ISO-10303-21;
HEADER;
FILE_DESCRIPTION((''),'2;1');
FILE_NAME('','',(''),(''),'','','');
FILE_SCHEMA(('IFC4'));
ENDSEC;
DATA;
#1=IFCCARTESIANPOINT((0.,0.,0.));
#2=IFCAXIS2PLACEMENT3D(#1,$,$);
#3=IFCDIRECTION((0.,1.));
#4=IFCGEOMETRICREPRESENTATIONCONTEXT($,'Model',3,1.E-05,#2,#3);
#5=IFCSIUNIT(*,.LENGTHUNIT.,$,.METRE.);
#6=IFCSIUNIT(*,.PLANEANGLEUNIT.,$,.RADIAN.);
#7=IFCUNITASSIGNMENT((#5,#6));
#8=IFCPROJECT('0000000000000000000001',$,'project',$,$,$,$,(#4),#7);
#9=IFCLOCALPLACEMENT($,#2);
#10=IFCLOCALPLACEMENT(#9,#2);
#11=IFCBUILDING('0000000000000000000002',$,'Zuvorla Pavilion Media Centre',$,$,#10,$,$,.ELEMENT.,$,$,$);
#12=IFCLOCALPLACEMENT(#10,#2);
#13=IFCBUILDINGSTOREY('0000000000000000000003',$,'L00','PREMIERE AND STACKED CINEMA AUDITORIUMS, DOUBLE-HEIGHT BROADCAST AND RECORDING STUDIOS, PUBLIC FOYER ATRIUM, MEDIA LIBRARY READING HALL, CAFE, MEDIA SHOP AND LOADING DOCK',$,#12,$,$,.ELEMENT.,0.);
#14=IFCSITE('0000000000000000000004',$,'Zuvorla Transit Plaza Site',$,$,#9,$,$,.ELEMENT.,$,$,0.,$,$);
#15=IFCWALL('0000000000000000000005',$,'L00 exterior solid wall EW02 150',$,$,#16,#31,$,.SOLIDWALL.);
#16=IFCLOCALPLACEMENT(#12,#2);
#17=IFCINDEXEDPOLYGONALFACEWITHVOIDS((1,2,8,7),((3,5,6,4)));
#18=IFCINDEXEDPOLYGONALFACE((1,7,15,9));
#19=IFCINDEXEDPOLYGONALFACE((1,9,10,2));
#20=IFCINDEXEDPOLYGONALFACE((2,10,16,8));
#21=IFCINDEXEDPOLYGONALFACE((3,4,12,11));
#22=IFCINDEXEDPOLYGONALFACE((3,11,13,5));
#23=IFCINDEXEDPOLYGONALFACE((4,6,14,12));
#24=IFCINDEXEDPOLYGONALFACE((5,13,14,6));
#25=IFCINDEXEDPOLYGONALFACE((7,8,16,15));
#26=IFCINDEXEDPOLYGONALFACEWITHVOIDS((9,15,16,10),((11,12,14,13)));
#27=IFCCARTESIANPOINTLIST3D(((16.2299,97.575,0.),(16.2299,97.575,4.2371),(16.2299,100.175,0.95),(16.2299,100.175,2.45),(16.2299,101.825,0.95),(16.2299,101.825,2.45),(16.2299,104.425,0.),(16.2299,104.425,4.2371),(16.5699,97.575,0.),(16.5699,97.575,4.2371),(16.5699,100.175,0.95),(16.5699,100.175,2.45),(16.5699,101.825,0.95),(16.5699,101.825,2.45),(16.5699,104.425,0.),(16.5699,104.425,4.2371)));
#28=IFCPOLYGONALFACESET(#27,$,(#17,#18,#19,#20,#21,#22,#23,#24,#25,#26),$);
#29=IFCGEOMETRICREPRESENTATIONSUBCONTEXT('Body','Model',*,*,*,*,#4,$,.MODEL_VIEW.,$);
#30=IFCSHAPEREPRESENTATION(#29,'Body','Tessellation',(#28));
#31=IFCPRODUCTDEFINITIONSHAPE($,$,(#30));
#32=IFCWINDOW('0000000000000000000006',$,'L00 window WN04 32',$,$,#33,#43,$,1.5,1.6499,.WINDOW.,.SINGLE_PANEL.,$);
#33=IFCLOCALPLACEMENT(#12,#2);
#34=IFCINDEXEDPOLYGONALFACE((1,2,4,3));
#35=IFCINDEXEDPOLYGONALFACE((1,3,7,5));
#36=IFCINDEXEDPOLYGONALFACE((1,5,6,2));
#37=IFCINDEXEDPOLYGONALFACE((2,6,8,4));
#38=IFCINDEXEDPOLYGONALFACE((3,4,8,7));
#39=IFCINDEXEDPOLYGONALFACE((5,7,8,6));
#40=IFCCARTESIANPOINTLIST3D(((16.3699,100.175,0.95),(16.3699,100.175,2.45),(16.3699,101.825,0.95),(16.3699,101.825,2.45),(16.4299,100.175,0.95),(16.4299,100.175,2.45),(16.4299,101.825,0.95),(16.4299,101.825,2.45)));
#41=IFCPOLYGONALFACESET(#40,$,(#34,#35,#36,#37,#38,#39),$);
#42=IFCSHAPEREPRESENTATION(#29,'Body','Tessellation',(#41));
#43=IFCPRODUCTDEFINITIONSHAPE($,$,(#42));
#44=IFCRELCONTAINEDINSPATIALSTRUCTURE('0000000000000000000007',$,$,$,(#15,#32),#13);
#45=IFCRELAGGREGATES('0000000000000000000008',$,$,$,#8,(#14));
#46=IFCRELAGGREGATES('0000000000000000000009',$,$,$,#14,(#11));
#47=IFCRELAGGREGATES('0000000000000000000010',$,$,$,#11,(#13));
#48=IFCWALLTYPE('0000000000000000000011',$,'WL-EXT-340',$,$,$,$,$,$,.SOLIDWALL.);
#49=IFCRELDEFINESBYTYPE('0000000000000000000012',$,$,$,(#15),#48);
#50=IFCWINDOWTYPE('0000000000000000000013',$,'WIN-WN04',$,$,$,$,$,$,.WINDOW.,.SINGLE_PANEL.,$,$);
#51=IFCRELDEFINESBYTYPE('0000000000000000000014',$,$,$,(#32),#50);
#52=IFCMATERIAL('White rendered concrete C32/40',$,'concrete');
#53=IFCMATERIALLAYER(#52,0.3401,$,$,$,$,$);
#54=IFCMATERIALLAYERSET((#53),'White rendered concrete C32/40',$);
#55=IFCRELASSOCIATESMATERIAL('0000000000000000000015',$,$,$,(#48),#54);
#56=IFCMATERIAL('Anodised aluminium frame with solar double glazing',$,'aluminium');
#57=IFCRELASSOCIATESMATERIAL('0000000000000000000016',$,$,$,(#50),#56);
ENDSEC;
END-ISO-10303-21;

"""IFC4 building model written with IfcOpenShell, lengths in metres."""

from ifc_helpers import new_model, si_unit, direction, frame, frame_2d, origin, place, context, subcontext, project, spatial, rectangle, extrude, material, layer, layer_set, type_object, element, fill, save


model = new_model("IFC4")

# Units and contexts
model_context = context("Model", 3, precision=1e-05, world=origin(), true_north=direction((0.0, 1.0)))
body_context = subcontext(model_context, "Body", "Model", "MODEL_VIEW")
ifc_project = project(units=[si_unit("LENGTHUNIT", "METRE"), si_unit("PLANEANGLEUNIT", "RADIAN")], contexts=[model_context])

# Site, building, storey
site_placement = place(None, origin())
site = spatial("IfcSite", under=ifc_project, at=site_placement, Name="Zuvorla Transit Plaza Site", CompositionType="ELEMENT", RefElevation=0.0)
building_placement = place(site_placement, origin())
building = spatial("IfcBuilding", under=site, at=building_placement, Name="Zuvorla Pavilion Media Centre", CompositionType="ELEMENT")
storey_placement = place(building_placement, origin())
storey = spatial("IfcBuildingStorey", under=building, at=storey_placement, Name="L00", Description="PREMIERE AND STACKED CINEMA AUDITORIUMS, DOUBLE-HEIGHT BROADCAST AND RECORDING STUDIOS, PUBLIC FOYER ATRIUM, MEDIA LIBRARY READING HALL, CAFE, MEDIA SHOP AND LOADING DOCK", CompositionType="ELEMENT", Elevation=0.0)

# Wall, opening, window
ifc_material_1 = material(Name="White rendered concrete C32/40", Category="concrete")
ifc_layer = layer(ifc_material_1, 0.3401)
ifc_layer_set = layer_set([ifc_layer], Name="White rendered concrete C32/40")
wall_type = type_object("IfcWallType", Name="WL-EXT-340", PredefinedType="SOLIDWALL", material=ifc_layer_set)
ifc_material_2 = material(Name="Anodised aluminium frame with solar double glazing", Category="aluminium")
wall_1_placement = place(storey_placement, frame((16.3999, 104.425, 0.0), z_axis=(0.0, 0.0, 1.0), x_axis=(0.0, -1.0, 0.0)))
wall_1 = element("IfcWall", 1, at=wall_1_placement, inside=storey, type_object=wall_type, Name="L00 exterior solid wall EW02 150", PredefinedType="SOLIDWALL", context=body_context, shape_type="SweptSolid", body=[
    extrude(rectangle(XDim=6.8501, YDim=0.3401, at=frame_2d((3.425, 0.0))), origin(), (0.0, 0.0, 1.0), 4.2371),
])
opening_1_placement = place(wall_1_placement, frame((2.6001, 0.0, 0.95)))
opening_1 = element("IfcOpeningElement", 2, at=opening_1_placement, cuts=wall_1, PredefinedType="OPENING", context=body_context, shape_type="SweptSolid", body=[
    extrude(rectangle(XDim=1.6499, YDim=1.5, at=frame_2d((0.825, 0.75))), frame((0.0, 0.1799, 0.0), z_axis=(0.0, -1.0, 0.0), x_axis=(1.0, 0.0, 0.0)), (0.0, 0.0, 1.0), 0.3601),
])
window_type_1 = type_object("IfcWindowType", Name="WIN-WN04", PartitioningType="SINGLE_PANEL", PredefinedType="WINDOW", material=ifc_material_2)
window_1_placement = place(opening_1_placement, origin())
window_1 = element("IfcWindow", 3, at=window_1_placement, inside=storey, type_object=window_type_1, Name="L00 window WN04 32", OverallHeight=1.5, OverallWidth=1.6499, PartitioningType="SINGLE_PANEL", PredefinedType="WINDOW", context=body_context, shape_type="SweptSolid", body=[
    extrude(rectangle(XDim=1.6499, YDim=1.5, at=frame_2d((0.825, 0.75))), frame((0.0, 0.03, 0.0), z_axis=(0.0, -1.0, 0.0), x_axis=(1.0, 0.0, 0.0)), (0.0, 0.0, 1.0), 0.0601),
])
fill(opening_1, window_1)

save(model, "model.ifc")
